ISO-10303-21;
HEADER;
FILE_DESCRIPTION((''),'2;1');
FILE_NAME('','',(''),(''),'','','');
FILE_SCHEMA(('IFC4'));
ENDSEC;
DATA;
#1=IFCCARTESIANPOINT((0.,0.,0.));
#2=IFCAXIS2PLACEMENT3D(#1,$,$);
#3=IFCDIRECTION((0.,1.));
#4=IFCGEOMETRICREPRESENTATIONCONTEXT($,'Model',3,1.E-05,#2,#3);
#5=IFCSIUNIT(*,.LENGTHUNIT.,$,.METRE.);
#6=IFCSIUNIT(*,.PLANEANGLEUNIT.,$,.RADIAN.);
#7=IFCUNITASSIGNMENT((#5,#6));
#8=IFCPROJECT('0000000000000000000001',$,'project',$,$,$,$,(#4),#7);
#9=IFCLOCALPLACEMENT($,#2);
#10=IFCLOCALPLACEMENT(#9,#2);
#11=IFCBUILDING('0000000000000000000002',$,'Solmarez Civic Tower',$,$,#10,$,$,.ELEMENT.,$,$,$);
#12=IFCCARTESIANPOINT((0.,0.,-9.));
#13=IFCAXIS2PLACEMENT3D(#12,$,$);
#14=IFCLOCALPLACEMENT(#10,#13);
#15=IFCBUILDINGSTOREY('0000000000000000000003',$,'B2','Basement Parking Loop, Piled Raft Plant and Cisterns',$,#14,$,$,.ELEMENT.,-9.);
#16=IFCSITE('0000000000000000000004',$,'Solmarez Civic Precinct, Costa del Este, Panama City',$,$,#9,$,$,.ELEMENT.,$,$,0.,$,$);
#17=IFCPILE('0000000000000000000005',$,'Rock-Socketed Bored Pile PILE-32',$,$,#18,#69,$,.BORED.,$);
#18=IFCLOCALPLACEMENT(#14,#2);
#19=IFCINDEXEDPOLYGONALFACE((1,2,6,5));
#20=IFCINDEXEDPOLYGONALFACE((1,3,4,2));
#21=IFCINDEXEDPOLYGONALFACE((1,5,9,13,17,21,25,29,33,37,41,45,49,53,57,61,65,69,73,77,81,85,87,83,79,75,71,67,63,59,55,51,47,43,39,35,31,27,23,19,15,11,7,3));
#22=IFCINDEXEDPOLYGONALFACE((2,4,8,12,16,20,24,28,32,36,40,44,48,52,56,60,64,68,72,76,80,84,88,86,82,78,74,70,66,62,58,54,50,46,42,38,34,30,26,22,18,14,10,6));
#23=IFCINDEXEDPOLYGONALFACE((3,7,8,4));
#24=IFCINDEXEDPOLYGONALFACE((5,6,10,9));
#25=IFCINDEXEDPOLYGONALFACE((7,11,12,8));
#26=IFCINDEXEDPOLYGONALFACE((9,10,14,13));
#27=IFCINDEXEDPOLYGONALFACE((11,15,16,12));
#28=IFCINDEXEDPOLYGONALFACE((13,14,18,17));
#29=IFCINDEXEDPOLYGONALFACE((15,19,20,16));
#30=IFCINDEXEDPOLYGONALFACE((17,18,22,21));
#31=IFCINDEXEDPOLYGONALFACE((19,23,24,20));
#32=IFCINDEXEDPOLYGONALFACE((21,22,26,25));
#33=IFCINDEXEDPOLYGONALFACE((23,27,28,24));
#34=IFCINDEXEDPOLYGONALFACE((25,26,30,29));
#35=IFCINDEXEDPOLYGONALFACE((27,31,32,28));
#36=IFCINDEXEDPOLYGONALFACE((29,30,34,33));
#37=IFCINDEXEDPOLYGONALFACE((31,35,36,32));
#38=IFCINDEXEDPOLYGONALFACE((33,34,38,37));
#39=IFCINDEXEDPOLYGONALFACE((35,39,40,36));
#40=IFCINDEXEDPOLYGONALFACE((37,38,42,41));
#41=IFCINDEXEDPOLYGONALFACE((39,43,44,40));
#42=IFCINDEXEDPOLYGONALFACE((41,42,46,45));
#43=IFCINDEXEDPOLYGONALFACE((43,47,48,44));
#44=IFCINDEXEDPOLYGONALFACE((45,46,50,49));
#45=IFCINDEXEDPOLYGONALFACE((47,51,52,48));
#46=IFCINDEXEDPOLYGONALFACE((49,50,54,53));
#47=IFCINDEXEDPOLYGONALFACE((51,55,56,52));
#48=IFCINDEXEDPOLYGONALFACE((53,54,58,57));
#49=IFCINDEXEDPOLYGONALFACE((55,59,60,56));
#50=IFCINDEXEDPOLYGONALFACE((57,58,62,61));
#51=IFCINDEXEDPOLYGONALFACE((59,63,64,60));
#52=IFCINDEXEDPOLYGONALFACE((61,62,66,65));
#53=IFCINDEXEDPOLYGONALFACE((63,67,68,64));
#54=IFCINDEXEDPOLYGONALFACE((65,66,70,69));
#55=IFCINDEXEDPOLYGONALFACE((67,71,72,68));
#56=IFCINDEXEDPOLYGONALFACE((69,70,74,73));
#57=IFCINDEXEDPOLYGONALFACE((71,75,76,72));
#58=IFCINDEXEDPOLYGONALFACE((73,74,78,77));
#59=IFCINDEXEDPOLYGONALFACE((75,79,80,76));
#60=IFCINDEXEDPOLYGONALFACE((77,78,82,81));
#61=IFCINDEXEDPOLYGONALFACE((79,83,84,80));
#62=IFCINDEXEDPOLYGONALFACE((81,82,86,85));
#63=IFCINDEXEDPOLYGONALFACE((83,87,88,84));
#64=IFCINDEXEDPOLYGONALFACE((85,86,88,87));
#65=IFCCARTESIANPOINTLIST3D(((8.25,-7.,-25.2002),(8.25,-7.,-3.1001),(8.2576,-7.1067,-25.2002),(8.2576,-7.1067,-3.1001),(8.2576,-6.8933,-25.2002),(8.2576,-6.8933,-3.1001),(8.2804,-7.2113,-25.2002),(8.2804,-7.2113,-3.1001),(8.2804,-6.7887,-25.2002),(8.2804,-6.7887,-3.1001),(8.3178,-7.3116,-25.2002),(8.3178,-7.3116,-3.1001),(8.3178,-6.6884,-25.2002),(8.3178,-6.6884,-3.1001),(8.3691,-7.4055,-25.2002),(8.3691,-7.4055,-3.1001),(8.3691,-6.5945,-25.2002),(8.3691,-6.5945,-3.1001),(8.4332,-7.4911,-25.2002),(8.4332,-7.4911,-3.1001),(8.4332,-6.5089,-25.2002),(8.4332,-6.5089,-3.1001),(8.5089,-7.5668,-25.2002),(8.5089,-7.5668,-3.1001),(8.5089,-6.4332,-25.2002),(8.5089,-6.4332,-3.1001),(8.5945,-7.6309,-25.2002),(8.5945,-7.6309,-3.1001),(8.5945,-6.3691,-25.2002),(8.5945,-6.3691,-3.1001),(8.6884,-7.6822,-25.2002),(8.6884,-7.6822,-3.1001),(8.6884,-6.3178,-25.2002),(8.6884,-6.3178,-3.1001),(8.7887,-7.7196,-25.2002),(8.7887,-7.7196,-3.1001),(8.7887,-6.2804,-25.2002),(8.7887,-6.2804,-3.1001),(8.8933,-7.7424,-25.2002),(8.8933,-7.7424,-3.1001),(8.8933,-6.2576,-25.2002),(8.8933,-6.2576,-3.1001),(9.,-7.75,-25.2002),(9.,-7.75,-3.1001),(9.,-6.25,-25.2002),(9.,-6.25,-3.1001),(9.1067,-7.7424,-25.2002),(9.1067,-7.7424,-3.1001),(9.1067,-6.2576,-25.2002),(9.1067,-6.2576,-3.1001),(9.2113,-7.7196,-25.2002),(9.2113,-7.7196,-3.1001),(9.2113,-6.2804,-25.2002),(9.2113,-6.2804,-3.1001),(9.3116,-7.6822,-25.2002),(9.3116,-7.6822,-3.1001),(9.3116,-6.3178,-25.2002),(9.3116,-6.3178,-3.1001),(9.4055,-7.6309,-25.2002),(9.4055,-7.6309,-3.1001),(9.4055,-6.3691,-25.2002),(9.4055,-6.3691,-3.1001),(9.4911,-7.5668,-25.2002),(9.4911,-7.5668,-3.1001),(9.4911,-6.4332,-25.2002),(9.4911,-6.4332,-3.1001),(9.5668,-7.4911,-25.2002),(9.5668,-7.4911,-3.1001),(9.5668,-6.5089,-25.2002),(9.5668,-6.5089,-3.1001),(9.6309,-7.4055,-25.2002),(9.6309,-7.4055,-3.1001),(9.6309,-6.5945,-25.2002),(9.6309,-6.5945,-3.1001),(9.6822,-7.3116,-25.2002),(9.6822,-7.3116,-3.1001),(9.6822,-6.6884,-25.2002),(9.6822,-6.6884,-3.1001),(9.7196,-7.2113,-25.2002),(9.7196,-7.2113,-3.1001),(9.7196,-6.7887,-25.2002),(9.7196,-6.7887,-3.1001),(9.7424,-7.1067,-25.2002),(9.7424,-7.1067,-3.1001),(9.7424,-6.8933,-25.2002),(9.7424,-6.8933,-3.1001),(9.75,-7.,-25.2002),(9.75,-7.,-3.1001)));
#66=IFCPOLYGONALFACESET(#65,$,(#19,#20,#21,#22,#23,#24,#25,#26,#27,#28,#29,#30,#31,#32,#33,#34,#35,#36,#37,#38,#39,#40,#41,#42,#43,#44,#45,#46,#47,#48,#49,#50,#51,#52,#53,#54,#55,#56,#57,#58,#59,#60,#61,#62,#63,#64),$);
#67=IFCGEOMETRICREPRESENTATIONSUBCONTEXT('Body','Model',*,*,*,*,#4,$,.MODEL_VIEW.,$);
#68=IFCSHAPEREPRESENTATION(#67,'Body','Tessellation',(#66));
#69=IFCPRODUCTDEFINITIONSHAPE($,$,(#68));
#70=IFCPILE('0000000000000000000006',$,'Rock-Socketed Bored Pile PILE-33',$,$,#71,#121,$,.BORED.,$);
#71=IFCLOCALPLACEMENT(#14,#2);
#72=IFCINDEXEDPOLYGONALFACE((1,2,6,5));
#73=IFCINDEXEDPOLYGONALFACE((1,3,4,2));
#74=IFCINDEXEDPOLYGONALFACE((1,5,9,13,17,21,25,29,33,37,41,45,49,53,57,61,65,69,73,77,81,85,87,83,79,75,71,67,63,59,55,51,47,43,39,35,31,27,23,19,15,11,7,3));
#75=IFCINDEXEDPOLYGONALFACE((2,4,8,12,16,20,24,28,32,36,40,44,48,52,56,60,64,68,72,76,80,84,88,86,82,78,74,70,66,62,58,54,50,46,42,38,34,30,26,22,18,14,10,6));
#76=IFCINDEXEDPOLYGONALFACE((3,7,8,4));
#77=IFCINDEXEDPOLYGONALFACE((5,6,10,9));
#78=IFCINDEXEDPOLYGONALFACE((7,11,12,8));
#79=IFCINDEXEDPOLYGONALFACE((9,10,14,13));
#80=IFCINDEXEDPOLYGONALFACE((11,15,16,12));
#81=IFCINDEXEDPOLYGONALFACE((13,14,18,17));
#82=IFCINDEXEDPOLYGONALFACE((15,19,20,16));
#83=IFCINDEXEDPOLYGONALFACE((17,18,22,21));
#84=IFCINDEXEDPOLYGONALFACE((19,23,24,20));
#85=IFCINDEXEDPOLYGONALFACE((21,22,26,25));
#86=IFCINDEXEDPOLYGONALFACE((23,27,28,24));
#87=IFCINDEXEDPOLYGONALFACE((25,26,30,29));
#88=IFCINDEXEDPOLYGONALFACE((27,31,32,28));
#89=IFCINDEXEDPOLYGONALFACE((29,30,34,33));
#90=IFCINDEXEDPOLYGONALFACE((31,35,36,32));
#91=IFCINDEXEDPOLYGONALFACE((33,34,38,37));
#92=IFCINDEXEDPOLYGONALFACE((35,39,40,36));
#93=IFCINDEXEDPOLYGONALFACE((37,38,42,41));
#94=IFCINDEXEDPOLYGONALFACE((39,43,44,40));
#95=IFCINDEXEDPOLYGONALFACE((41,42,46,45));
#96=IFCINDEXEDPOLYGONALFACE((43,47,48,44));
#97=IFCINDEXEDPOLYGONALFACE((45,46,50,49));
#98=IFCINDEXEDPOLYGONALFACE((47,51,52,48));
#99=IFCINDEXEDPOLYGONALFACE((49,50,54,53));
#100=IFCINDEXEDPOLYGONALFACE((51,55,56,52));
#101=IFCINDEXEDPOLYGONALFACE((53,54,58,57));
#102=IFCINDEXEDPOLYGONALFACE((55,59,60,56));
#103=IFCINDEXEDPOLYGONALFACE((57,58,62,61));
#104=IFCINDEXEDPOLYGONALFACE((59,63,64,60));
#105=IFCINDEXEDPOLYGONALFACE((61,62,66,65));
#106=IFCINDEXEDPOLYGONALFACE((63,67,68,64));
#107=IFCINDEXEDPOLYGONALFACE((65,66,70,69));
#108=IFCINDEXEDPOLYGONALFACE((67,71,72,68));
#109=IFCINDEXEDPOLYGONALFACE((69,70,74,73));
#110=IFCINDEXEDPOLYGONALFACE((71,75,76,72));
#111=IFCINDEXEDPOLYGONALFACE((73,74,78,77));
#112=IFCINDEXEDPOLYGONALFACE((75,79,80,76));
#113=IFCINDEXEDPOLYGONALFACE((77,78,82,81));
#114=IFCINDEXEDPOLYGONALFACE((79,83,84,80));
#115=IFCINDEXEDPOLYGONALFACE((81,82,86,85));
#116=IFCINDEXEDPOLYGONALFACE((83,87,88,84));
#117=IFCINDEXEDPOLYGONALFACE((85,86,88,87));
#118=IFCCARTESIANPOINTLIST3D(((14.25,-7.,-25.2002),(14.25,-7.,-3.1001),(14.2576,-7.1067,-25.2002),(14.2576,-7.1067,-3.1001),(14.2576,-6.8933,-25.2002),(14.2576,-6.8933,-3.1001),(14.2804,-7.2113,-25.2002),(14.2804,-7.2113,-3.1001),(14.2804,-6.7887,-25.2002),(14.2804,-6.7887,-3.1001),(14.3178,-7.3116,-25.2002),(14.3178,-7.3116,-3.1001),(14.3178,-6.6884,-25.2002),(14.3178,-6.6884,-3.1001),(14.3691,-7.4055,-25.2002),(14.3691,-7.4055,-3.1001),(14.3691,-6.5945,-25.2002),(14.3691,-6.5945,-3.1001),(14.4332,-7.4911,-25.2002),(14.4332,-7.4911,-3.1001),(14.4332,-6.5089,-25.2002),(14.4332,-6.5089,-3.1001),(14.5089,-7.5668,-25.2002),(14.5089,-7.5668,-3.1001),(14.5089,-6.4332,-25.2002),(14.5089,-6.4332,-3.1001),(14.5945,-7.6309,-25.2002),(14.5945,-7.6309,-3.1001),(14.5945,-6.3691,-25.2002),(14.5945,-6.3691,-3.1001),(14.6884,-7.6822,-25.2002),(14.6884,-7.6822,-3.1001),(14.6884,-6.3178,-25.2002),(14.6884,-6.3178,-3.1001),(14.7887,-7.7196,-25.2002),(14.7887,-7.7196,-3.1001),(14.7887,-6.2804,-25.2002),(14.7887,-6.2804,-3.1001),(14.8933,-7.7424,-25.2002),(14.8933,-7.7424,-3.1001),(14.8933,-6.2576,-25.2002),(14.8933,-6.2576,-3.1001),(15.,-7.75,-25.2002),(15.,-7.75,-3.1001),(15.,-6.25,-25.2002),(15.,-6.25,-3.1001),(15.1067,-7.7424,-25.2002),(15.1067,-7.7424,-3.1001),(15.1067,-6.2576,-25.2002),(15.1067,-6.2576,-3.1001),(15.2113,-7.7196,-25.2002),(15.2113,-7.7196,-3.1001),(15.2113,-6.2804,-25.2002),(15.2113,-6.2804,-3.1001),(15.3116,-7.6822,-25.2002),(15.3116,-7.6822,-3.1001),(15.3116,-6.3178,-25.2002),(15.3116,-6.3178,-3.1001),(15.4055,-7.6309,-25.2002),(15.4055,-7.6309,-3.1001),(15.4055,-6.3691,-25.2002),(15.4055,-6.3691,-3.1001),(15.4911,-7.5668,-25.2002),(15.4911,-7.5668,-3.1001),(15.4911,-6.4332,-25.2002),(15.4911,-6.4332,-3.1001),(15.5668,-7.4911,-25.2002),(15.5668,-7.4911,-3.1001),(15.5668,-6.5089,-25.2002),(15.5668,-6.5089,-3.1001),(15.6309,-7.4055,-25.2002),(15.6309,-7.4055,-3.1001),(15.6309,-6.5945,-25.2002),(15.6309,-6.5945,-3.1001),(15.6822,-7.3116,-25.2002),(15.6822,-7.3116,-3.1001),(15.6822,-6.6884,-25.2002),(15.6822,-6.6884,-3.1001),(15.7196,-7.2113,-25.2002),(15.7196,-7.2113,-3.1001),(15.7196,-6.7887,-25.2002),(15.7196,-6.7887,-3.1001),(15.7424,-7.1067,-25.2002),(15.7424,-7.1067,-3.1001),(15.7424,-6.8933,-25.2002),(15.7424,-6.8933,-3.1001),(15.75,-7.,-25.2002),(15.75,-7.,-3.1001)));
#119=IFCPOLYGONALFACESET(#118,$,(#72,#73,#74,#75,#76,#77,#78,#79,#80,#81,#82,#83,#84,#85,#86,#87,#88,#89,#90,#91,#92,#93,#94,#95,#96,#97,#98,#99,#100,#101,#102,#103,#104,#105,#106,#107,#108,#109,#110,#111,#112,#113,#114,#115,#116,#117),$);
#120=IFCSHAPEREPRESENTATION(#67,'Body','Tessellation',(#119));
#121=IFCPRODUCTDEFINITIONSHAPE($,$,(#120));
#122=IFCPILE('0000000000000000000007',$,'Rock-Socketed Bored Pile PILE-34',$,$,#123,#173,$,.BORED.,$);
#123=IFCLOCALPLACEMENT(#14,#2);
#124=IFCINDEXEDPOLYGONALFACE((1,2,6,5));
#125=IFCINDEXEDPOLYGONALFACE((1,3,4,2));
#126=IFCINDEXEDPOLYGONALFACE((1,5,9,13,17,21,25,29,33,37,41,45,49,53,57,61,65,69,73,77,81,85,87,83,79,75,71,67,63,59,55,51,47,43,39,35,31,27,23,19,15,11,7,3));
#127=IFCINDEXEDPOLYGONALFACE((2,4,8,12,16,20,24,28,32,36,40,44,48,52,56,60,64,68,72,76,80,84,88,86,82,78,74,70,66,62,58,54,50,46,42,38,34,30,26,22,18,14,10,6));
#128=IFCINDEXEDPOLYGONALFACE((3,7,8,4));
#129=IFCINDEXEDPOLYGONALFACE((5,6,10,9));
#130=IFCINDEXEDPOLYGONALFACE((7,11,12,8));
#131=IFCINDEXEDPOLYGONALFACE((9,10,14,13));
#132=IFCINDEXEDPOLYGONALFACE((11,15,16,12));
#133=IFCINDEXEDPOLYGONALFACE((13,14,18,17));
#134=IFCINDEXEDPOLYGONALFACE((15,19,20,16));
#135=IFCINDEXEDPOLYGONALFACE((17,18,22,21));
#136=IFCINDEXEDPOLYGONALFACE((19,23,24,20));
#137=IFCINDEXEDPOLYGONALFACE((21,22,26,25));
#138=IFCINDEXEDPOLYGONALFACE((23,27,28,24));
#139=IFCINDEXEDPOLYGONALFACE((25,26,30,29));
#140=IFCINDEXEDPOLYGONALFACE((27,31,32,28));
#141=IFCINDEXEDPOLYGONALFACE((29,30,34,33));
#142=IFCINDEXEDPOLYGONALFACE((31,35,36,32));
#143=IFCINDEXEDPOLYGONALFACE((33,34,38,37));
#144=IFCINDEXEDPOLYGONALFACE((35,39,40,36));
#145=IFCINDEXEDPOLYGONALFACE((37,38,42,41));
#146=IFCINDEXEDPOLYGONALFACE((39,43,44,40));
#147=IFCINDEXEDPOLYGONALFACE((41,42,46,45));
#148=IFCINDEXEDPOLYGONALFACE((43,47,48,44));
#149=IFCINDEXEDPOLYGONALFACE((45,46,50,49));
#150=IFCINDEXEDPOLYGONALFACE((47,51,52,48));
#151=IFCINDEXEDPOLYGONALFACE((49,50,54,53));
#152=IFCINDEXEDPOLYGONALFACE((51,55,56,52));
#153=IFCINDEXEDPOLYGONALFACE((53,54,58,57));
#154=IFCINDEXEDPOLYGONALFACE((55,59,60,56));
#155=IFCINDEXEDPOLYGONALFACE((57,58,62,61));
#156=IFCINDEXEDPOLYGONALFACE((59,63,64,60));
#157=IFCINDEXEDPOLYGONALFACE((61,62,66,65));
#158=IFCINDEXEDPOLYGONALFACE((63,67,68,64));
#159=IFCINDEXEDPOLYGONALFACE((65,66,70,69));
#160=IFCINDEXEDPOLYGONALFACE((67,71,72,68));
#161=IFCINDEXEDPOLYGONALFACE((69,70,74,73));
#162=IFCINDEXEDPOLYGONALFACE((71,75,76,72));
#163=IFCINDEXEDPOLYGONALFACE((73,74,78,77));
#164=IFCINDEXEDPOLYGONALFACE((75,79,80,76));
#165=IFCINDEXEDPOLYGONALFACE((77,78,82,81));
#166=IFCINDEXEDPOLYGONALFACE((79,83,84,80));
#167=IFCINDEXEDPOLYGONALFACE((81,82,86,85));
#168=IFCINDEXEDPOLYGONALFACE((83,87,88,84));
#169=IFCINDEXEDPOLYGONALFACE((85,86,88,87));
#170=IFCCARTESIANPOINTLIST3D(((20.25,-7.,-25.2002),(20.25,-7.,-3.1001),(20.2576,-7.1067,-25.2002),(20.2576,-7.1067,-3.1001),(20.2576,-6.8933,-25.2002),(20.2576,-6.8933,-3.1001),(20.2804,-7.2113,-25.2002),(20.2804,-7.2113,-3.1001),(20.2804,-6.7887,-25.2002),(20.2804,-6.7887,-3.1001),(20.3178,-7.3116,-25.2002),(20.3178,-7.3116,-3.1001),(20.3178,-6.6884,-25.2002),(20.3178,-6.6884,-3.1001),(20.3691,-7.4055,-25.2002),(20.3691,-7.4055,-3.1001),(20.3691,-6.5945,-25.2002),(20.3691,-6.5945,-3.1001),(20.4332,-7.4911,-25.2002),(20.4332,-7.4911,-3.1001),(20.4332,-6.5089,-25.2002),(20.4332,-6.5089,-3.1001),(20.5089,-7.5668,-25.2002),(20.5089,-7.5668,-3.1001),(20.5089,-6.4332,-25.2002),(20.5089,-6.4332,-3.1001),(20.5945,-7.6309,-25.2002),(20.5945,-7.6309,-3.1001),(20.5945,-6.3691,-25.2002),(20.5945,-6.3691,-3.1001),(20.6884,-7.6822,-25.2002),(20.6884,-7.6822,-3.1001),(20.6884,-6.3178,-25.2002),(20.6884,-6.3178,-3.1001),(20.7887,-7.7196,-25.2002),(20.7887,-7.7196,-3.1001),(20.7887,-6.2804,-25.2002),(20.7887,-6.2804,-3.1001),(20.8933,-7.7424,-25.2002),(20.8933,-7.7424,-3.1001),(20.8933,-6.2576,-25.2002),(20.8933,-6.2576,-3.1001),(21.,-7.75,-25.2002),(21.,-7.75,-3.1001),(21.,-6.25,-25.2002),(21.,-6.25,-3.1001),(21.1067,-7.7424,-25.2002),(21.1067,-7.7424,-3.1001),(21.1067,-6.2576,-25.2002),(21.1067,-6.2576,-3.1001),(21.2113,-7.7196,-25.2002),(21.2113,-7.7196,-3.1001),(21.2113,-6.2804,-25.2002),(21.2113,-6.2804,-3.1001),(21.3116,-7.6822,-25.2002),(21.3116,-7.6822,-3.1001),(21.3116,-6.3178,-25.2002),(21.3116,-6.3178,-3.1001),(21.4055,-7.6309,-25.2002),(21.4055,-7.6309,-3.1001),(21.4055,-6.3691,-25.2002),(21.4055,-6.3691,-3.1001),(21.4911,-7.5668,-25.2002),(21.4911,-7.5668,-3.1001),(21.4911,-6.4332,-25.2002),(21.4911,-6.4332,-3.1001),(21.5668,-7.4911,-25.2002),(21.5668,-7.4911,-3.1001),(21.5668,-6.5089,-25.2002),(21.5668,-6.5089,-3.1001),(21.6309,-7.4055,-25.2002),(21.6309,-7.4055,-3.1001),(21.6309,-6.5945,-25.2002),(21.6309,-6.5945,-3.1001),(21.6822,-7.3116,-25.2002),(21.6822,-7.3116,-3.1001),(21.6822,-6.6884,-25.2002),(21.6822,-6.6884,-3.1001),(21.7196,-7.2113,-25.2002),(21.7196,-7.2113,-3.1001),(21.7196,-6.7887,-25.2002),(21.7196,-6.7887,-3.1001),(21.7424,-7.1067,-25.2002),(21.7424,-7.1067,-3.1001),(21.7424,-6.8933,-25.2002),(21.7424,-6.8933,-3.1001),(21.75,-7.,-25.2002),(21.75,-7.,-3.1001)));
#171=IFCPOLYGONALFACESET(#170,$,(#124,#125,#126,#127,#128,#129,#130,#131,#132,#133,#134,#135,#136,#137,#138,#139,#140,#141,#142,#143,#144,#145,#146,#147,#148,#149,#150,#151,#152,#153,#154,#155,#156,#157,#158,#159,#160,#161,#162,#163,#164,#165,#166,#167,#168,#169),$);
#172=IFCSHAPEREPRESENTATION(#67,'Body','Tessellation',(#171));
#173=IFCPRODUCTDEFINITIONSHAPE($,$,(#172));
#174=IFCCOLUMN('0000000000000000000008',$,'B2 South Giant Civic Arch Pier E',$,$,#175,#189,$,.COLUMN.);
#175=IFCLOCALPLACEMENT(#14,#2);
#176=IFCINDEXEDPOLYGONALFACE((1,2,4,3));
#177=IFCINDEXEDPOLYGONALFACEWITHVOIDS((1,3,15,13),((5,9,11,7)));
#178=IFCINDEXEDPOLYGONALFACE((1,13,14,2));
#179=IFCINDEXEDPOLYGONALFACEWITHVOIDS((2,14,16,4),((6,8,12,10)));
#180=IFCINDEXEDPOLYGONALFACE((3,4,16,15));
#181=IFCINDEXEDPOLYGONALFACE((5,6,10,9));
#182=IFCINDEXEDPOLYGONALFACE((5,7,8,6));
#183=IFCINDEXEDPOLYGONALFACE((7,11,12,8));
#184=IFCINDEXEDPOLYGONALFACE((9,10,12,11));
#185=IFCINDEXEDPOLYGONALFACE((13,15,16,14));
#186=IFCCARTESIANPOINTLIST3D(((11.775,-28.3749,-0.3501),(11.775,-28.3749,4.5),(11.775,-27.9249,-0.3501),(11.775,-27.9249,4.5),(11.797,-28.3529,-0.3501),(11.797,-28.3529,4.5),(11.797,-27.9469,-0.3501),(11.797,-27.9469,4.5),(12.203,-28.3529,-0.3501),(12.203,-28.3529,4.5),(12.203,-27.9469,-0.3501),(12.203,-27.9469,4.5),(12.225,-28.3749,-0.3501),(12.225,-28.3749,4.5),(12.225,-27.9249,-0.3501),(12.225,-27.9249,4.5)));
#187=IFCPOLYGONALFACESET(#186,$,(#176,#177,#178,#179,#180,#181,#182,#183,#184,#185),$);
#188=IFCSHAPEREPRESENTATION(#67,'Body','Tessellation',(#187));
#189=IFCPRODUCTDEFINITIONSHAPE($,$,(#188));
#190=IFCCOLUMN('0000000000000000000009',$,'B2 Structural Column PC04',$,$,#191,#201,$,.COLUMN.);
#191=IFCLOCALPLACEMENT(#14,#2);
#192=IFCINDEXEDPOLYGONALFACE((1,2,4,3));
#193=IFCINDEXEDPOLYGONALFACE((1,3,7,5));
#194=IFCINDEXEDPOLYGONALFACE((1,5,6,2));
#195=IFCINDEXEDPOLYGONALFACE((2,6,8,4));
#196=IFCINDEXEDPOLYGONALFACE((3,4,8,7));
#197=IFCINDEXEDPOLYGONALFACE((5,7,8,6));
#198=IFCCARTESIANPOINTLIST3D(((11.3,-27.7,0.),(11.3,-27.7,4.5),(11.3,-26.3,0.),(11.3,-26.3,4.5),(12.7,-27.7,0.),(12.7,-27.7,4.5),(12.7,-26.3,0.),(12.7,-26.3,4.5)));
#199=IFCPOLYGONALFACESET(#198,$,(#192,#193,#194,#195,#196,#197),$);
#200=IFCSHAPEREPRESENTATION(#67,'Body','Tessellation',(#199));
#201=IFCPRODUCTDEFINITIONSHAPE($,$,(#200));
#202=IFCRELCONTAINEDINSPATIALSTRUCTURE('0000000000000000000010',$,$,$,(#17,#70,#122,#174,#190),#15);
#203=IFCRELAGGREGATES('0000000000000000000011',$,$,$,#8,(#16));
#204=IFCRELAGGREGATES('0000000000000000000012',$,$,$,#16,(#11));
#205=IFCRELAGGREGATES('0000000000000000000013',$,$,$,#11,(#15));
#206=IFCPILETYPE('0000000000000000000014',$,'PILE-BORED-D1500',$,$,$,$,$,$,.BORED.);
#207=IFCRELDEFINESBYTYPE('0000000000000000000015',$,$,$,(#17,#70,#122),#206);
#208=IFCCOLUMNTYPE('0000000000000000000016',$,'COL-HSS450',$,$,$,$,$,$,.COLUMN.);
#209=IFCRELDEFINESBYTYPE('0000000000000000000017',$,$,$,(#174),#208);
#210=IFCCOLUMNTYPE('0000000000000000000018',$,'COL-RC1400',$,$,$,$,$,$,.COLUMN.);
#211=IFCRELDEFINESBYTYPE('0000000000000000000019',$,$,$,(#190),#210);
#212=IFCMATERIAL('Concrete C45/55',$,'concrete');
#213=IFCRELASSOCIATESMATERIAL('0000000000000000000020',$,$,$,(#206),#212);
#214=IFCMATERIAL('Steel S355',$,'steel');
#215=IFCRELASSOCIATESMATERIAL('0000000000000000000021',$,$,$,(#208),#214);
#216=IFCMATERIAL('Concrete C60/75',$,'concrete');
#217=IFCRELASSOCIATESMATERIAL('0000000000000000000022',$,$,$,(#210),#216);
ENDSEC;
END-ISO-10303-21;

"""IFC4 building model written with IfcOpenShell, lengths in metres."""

from ifc_helpers import new_model, si_unit, direction, frame, origin, origin_2d, place, context, subcontext, project, spatial, rectangle, hollow_rectangle, circle, extrude, material, material_profile, profile_set, type_object, element, save


model = new_model("IFC4")

# Units and contexts
model_context = context("Model", 3, precision=1e-05, world=origin(), true_north=direction((0.0, 1.0)))
body_context = subcontext(model_context, "Body", "Model", "MODEL_VIEW")
ifc_project = project(units=[si_unit("LENGTHUNIT", "METRE"), si_unit("PLANEANGLEUNIT", "RADIAN")], contexts=[model_context])

# Site, building, storey
site_placement = place(None, origin())
site = spatial("IfcSite", under=ifc_project, at=site_placement, Name="Solmarez Civic Precinct, Costa del Este, Panama City", CompositionType="ELEMENT", RefElevation=0.0)
building_placement = place(site_placement, origin())
building = spatial("IfcBuilding", under=site, at=building_placement, Name="Solmarez Civic Tower", CompositionType="ELEMENT")
storey_placement = place(building_placement, frame((0.0, 0.0, -9.0)))
storey = spatial("IfcBuildingStorey", under=building, at=storey_placement, Name="B2", Description="Basement Parking Loop, Piled Raft Plant and Cisterns", CompositionType="ELEMENT", Elevation=-9.0)

# Piles
ifc_material_1 = material(Name="Concrete C45/55", Category="concrete")
ifc_material_profile_1 = material_profile(ifc_material_1, circle(Radius=0.75, at=origin_2d()), Name="PILE-D1500")
ifc_profile_set_1 = profile_set([ifc_material_profile_1], Name="Concrete C45/55")
pile_type = type_object("IfcPileType", Name="PILE-BORED-D1500", PredefinedType="BORED", material=ifc_profile_set_1)
for number, where, z_axis, x_axis, name in (
    (1, (9.0, -7.0, -3.1001), (0.0, 0.0, -1.0), (1.0, 0.0, 0.0), "Rock-Socketed Bored Pile PILE-32"),
    (2, (15.0, -7.0, -3.1001), (0.0, 0.0, -1.0), (1.0, 0.0, 0.0), "Rock-Socketed Bored Pile PILE-33"),
    (3, (21.0, -7.0, -3.1001), (0.0, 0.0, -1.0), (1.0, 0.0, 0.0), "Rock-Socketed Bored Pile PILE-34"),
):
    element("IfcPile", number, at=place(storey_placement, frame(where, z_axis=z_axis, x_axis=x_axis)), inside=storey, type_object=pile_type, Name=name, PredefinedType="BORED", context=body_context, shape_type="SweptSolid", body=[
        extrude(circle(Radius=0.75, at=origin_2d()), origin(), (0.0, 0.0, 1.0), 22.1001),
    ])

# Columns
ifc_material_2 = material(Name="Steel S355", Category="steel")
ifc_material_profile_2 = material_profile(ifc_material_2, hollow_rectangle(XDim=0.45, YDim=0.45, WallThickness=0.022, at=origin_2d()), Name="HSS450X450X22")
ifc_profile_set_2 = profile_set([ifc_material_profile_2], Name="Steel S355")
column_type_1 = type_object("IfcColumnType", Name="COL-HSS450", PredefinedType="COLUMN", material=ifc_profile_set_2)
column_placement = place(storey_placement, frame((12.0, -28.1499, -0.3501), z_axis=(0.0, 0.0, 1.0), x_axis=(1.0, 0.0, 0.0)))
element("IfcColumn", 4, at=column_placement, inside=storey, type_object=column_type_1, Name="B2 South Giant Civic Arch Pier E", PredefinedType="COLUMN", context=body_context, shape_type="SweptSolid", body=[
    extrude(hollow_rectangle(XDim=0.45, YDim=0.45, WallThickness=0.022, at=origin_2d()), origin(), (0.0, 0.0, 1.0), 4.8501),
])
ifc_material_3 = material(Name="Concrete C60/75", Category="concrete")
ifc_material_profile_3 = material_profile(ifc_material_3, rectangle(XDim=1.3999, YDim=1.3999, at=origin_2d()), Name="RC1400X1400")
ifc_profile_set_3 = profile_set([ifc_material_profile_3], Name="Concrete C60/75")
column_type_2 = type_object("IfcColumnType", Name="COL-RC1400", PredefinedType="COLUMN", material=ifc_profile_set_3)
for number, where, z_axis, x_axis, name in (
    (5, (12.0, -27.0, 0.0), (0.0, 0.0, 1.0), (1.0, 0.0, 0.0), "B2 Structural Column PC04"),
):
    element("IfcColumn", number, at=place(storey_placement, frame(where, z_axis=z_axis, x_axis=x_axis)), inside=storey, type_object=column_type_2, Name=name, PredefinedType="COLUMN", context=body_context, shape_type="SweptSolid", body=[
        extrude(rectangle(XDim=1.3999, YDim=1.3999, at=origin_2d()), origin(), (0.0, 0.0, 1.0), 4.5),
    ])

save(model, "model.ifc")
